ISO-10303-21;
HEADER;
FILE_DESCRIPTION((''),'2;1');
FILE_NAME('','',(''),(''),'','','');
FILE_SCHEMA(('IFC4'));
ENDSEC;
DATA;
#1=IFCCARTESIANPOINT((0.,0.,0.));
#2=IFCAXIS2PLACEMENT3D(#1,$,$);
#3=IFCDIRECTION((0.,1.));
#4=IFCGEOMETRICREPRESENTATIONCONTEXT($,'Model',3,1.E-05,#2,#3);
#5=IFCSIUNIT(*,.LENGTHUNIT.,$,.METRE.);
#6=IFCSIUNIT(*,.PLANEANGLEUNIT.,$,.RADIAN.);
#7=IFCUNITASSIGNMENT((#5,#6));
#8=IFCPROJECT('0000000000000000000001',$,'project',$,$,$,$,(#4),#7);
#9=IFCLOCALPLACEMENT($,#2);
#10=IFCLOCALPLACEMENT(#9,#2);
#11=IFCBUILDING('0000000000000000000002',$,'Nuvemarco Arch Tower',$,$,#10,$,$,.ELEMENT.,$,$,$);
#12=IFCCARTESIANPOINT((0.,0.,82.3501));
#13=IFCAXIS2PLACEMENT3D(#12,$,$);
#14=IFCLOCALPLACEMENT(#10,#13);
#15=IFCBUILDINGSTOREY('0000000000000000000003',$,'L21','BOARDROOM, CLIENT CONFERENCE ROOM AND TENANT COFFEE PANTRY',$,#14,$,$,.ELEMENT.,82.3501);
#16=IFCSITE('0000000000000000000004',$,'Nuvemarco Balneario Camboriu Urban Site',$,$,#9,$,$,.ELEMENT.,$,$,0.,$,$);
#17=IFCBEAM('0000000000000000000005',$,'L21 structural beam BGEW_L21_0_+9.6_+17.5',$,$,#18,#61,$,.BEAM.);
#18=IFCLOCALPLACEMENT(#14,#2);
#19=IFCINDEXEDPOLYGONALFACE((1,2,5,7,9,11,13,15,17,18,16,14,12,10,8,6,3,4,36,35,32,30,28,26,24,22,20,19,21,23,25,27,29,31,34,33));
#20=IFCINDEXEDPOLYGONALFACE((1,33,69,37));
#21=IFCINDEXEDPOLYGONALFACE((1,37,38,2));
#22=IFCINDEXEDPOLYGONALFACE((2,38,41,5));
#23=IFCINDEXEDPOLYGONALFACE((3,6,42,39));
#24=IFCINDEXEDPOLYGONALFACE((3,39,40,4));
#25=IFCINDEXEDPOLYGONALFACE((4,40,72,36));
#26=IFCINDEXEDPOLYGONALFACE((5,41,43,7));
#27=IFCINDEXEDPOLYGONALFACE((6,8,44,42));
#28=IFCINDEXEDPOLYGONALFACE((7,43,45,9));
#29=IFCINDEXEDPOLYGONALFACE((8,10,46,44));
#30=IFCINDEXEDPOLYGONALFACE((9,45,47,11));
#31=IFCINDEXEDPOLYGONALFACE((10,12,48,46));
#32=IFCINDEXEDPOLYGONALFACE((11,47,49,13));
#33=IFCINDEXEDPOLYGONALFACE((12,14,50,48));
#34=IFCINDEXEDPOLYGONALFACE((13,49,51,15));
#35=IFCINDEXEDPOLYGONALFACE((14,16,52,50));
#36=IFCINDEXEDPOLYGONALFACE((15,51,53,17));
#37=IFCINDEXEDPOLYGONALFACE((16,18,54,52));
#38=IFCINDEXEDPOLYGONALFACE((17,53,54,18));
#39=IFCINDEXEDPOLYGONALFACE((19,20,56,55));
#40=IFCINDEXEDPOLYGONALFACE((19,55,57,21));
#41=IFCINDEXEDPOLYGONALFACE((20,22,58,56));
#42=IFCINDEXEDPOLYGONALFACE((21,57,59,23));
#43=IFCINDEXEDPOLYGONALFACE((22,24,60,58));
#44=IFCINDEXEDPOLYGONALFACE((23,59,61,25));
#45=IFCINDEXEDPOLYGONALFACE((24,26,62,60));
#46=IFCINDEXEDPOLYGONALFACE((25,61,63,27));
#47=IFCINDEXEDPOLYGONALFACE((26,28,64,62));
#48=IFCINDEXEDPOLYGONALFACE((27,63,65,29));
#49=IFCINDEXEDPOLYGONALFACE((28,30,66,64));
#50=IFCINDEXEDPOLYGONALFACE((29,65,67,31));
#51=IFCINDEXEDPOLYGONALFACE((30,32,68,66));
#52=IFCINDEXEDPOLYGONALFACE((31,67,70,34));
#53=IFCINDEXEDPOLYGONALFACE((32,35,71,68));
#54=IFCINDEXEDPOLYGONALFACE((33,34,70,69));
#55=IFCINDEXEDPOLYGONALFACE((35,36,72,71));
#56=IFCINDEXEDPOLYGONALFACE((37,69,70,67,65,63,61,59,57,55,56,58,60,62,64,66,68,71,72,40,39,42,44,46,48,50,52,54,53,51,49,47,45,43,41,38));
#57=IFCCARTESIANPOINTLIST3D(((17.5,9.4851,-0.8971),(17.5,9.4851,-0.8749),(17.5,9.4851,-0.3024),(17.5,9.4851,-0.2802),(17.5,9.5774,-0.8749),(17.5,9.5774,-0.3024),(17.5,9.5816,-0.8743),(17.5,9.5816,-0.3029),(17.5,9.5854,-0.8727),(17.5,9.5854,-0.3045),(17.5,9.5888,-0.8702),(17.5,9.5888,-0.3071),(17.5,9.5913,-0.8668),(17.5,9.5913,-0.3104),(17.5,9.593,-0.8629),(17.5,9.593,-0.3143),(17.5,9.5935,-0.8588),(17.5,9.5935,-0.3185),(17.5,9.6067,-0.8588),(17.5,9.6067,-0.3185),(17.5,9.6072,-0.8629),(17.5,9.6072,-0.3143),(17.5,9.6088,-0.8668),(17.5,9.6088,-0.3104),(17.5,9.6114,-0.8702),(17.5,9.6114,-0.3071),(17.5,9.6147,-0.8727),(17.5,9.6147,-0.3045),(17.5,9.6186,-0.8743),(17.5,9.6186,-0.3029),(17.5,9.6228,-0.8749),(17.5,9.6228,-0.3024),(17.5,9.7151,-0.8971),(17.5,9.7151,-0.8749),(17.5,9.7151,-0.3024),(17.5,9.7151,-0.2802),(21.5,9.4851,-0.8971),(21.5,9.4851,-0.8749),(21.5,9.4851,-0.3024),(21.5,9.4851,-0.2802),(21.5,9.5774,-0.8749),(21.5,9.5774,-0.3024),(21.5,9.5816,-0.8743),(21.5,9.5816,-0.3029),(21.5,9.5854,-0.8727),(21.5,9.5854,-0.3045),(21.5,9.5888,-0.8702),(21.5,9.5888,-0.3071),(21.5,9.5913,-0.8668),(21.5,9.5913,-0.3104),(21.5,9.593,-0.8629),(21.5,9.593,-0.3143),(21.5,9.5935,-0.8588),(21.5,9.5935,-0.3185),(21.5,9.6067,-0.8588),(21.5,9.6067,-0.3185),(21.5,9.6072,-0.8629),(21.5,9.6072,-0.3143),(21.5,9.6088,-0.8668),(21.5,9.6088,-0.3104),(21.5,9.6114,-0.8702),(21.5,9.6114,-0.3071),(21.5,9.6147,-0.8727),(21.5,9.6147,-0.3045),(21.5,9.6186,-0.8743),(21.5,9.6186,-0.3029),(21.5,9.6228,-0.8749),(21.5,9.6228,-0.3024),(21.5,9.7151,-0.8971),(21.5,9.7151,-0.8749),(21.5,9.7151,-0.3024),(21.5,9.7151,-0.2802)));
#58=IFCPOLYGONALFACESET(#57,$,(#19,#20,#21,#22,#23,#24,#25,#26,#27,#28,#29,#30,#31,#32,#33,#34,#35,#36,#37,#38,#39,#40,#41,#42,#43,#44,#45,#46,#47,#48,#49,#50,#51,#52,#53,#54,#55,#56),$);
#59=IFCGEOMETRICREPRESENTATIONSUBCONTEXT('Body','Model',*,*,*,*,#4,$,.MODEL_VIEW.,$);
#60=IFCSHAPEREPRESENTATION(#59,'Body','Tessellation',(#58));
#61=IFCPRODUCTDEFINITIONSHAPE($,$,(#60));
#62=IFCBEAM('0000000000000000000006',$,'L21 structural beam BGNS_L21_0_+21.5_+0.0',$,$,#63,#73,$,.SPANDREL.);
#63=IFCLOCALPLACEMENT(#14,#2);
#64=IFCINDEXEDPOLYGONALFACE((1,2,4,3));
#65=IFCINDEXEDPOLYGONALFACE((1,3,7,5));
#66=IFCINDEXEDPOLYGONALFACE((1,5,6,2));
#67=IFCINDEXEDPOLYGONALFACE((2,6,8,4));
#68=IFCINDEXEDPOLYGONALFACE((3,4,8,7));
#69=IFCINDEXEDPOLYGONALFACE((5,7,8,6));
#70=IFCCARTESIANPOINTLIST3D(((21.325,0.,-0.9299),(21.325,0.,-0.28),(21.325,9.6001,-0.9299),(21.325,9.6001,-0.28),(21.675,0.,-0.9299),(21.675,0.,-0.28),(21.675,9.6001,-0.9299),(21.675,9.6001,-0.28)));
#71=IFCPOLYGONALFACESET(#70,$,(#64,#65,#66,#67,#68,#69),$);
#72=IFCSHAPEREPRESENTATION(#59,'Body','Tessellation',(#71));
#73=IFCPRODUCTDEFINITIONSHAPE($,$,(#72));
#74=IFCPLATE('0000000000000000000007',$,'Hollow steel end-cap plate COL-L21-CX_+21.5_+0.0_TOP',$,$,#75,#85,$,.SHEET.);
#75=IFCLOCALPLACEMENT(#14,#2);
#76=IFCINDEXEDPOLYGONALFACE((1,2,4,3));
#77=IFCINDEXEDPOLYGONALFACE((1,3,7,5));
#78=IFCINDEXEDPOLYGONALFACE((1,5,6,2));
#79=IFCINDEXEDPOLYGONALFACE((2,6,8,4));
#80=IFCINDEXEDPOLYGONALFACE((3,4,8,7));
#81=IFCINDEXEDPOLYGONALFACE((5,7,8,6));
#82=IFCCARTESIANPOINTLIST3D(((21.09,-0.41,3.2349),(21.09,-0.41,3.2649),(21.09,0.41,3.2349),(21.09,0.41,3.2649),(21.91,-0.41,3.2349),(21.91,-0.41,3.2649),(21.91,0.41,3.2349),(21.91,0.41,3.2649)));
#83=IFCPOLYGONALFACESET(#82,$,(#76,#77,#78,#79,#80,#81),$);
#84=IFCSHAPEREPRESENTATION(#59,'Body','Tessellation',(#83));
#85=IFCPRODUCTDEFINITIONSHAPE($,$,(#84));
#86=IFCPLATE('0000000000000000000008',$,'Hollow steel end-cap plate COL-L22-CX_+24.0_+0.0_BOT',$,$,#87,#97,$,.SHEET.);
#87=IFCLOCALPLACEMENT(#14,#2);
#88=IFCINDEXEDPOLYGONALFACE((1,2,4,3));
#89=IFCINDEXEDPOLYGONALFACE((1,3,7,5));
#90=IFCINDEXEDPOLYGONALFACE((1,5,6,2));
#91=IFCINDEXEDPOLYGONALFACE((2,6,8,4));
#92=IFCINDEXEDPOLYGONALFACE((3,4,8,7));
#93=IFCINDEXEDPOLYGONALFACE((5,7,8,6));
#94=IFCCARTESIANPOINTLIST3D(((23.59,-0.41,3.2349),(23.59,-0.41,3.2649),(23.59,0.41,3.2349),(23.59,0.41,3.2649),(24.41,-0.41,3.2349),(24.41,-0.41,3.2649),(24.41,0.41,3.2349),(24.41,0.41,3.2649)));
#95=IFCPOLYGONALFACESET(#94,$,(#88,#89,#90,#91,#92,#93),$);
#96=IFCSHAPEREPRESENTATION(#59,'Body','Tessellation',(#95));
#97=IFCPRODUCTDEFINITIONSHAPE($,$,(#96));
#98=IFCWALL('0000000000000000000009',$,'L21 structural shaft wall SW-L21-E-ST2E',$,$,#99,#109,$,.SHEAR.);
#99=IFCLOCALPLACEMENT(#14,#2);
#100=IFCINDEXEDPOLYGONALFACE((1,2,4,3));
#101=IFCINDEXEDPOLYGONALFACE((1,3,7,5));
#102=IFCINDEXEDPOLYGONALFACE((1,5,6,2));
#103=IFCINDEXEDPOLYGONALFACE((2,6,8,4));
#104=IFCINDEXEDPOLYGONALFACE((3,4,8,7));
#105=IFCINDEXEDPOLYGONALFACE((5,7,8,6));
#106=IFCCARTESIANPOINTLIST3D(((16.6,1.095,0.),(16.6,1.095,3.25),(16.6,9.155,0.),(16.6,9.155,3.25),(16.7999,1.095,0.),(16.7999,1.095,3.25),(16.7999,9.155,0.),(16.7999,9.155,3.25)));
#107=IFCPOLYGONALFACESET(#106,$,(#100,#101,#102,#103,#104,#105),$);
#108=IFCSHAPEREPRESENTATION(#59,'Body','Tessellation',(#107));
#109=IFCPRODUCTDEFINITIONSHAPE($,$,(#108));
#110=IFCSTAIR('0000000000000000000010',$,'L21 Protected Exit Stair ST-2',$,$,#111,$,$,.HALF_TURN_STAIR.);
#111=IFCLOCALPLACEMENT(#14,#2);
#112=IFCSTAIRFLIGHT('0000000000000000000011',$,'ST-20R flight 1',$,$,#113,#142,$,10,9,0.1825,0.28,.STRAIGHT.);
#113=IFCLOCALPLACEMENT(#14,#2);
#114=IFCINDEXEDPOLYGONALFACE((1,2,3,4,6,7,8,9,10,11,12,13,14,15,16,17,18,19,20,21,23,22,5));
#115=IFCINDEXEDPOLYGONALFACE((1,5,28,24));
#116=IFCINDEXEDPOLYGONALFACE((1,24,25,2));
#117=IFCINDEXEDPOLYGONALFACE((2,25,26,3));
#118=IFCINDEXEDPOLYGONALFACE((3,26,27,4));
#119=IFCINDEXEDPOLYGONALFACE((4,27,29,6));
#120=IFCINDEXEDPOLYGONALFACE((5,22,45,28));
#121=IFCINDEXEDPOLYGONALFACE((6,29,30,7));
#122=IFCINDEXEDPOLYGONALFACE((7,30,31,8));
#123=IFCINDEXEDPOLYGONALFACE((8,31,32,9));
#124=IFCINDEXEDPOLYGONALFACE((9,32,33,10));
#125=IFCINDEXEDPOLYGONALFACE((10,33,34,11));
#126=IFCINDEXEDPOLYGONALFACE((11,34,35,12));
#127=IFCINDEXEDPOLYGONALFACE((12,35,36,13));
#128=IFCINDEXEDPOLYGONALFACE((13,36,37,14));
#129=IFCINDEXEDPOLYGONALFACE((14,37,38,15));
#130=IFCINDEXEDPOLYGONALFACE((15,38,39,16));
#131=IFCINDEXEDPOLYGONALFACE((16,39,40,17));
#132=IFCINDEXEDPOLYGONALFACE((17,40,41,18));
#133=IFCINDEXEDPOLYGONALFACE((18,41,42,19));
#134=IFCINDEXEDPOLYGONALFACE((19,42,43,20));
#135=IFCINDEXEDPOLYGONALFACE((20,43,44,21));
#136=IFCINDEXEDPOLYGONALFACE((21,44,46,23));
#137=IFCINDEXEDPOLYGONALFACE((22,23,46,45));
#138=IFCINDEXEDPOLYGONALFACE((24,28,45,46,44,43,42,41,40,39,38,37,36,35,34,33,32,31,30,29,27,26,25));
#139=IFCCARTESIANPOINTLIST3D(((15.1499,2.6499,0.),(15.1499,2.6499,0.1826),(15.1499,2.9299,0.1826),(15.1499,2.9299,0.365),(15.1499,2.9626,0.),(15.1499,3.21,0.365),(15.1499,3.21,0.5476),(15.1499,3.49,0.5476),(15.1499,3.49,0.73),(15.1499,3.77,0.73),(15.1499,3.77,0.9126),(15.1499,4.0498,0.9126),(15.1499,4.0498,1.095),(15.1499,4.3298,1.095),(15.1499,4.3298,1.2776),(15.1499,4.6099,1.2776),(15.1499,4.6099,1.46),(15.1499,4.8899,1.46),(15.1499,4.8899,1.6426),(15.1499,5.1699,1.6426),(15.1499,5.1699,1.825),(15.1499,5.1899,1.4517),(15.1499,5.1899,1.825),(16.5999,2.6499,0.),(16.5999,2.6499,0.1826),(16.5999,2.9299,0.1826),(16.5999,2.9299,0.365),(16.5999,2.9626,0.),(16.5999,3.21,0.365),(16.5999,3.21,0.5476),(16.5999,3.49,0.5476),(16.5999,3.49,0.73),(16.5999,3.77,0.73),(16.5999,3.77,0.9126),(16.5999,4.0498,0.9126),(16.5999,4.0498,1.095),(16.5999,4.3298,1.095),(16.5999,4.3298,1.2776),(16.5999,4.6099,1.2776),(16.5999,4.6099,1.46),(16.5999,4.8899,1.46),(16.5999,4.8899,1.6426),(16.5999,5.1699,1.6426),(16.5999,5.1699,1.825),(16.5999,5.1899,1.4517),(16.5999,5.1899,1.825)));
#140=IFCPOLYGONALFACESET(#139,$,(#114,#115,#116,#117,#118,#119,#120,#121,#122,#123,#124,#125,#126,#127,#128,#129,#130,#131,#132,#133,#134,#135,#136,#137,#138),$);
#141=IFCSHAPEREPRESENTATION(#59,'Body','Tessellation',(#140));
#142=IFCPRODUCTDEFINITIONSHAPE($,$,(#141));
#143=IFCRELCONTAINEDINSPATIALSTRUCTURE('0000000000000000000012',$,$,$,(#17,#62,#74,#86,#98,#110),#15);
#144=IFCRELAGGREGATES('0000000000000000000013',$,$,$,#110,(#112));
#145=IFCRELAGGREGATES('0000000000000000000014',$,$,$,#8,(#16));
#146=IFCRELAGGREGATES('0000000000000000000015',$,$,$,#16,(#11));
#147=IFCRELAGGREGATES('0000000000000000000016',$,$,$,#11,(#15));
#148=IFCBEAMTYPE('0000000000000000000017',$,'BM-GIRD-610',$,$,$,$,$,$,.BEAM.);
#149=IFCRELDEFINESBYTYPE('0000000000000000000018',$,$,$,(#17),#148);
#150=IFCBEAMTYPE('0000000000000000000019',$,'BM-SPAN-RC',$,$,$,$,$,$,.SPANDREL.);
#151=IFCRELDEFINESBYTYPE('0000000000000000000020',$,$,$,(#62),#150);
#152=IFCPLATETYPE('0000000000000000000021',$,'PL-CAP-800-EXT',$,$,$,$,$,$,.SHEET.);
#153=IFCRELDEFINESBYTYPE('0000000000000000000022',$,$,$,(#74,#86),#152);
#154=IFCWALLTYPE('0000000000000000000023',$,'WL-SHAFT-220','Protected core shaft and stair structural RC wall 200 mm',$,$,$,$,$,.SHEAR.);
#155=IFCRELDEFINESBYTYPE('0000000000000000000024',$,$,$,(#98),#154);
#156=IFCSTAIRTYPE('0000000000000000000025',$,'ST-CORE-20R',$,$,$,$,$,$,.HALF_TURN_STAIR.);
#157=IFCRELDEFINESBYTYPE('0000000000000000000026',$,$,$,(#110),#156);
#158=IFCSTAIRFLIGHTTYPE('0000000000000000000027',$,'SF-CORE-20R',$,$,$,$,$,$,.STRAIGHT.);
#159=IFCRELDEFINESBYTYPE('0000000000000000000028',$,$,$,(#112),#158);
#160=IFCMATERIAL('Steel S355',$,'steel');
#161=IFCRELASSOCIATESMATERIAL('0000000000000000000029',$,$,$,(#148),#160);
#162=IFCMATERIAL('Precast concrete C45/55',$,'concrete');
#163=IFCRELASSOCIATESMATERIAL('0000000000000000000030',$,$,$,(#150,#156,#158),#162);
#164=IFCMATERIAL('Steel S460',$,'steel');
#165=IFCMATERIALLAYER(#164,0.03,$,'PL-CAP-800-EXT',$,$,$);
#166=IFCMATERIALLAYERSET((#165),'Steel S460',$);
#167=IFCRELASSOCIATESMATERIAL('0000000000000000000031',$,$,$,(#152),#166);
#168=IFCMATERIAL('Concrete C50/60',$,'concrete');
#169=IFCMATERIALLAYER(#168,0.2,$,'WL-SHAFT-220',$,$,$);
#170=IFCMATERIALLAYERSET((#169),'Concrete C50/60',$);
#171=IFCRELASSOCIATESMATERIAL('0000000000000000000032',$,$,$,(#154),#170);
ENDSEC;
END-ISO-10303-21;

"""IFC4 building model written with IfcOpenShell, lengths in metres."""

from ifc_helpers import new_model, si_unit, direction, frame, frame_2d, origin, origin_2d, place, context, subcontext, project, spatial, polyline, rectangle, i_section, outline, extrude, source, transform, mapped, material, layer, layer_set, material_profile, profile_set, type_object, type_shapes, element, aggregate, save


model = new_model("IFC4")

# Units and contexts
model_context = context("Model", 3, precision=1e-05, world=origin(), true_north=direction((0.0, 1.0)))
body_context = subcontext(model_context, "Body", "Model", "MODEL_VIEW")
ifc_project = project(units=[si_unit("LENGTHUNIT", "METRE"), si_unit("PLANEANGLEUNIT", "RADIAN")], contexts=[model_context])

# Site, building, storey
site_placement = place(None, origin())
site = spatial("IfcSite", under=ifc_project, at=site_placement, Name="Nuvemarco Balneario Camboriu Urban Site", CompositionType="ELEMENT", RefElevation=0.0)
building_placement = place(site_placement, origin())
building = spatial("IfcBuilding", under=site, at=building_placement, Name="Nuvemarco Arch Tower", CompositionType="ELEMENT")
storey_placement = place(building_placement, frame((0.0, 0.0, 82.3501)))
storey = spatial("IfcBuildingStorey", under=building, at=storey_placement, Name="L21", Description="BOARDROOM, CLIENT CONFERENCE ROOM AND TENANT COFFEE PANTRY", CompositionType="ELEMENT", Elevation=82.3501)

# Shared definitions
ifc_material_1 = material(Name="Steel S460", Category="steel")

# Beams
ifc_material_2 = material(Name="Steel S355", Category="steel")
ifc_material_profile_1 = material_profile(ifc_material_2, i_section(OverallWidth=0.23, OverallDepth=0.6169, WebThickness=0.0132, FlangeThickness=0.0222, FilletRadius=0.0161, at=origin_2d()), Name="W610x140")
ifc_profile_set_1 = profile_set([ifc_material_profile_1], Name="Steel S355")
beam_type_1 = type_object("IfcBeamType", Name="BM-GIRD-610", PredefinedType="BEAM", material=ifc_profile_set_1)
for number, where, z_axis, x_axis, name in (
    (1, (17.5, 9.6001, -0.5886), (1.0, 0.0, 0.0), (0.0, 1.0, 0.0), "L21 structural beam BGEW_L21_0_+9.6_+17.5"),
):
    element("IfcBeam", number, at=place(storey_placement, frame(where, z_axis=z_axis, x_axis=x_axis)), inside=storey, type_object=beam_type_1, Name=name, PredefinedType="BEAM", context=body_context, shape_type="SweptSolid", body=[
        extrude(i_section(OverallWidth=0.23, OverallDepth=0.6169, WebThickness=0.0132, FlangeThickness=0.0222, FilletRadius=0.0161, at=origin_2d()), origin(), (0.0, 0.0, 1.0), 4.0),
    ])
ifc_material_3 = material(Name="Precast concrete C45/55", Category="concrete")
ifc_material_profile_2 = material_profile(ifc_material_3, rectangle(XDim=0.3501, YDim=0.6499, at=origin_2d()), Name="PC-SP-350x650")
ifc_profile_set_2 = profile_set([ifc_material_profile_2], Name="Precast concrete C45/55")
beam_type_2 = type_object("IfcBeamType", Name="BM-SPAN-RC", PredefinedType="SPANDREL", material=ifc_profile_set_2)
beam_1_placement = place(storey_placement, frame((21.5, 0.0, -0.605), z_axis=(0.0, 1.0, 0.0), x_axis=(-1.0, 0.0, 0.0)))
element("IfcBeam", 2, at=beam_1_placement, inside=storey, type_object=beam_type_2, Name="L21 structural beam BGNS_L21_0_+21.5_+0.0", PredefinedType="SPANDREL", context=body_context, shape_type="SweptSolid", body=[
    extrude(rectangle(XDim=0.3501, YDim=0.6499, at=origin_2d()), origin(), (0.0, 0.0, 1.0), 9.6001),
])

# Plates
ifc_layer_1 = layer(ifc_material_1, 0.03, Name="PL-CAP-800-EXT")
ifc_layer_set_1 = layer_set([ifc_layer_1], Name="Steel S460")
plate_type = type_object("IfcPlateType", Name="PL-CAP-800-EXT", PredefinedType="SHEET", material=ifc_layer_set_1)
shared_shape_1 = source(origin(), body_context, "Body", "SweptSolid", [
    extrude(rectangle(XDim=0.8201, YDim=0.8201, at=origin_2d()), origin(), (0.0, 0.0, 1.0), 0.03),
])
type_shapes(plate_type, [shared_shape_1])
for number, where, z_axis, x_axis, name in (
    (3, (21.5, 0.0, 3.2349), (0.0, 0.0, 1.0), (1.0, 0.0, 0.0), "Hollow steel end-cap plate COL-L21-CX_+21.5_+0.0_TOP"),
    (4, (24.0, 0.0, 3.2349), (0.0, 0.0, 1.0), (1.0, 0.0, 0.0), "Hollow steel end-cap plate COL-L22-CX_+24.0_+0.0_BOT"),
):
    element("IfcPlate", number, at=place(storey_placement, frame(where, z_axis=z_axis, x_axis=x_axis)), inside=storey, type_object=plate_type, Name=name, PredefinedType="SHEET", context=body_context, shape_type="MappedRepresentation", body=[
        mapped(shared_shape_1, transform((0.0, 0.0, 0.0), scale=1.0)),
    ])

# Wall
ifc_material_4 = material(Name="Concrete C50/60", Category="concrete")
ifc_layer_2 = layer(ifc_material_4, 0.2, Name="WL-SHAFT-220")
ifc_layer_set_2 = layer_set([ifc_layer_2], Name="Concrete C50/60")
wall_type = type_object("IfcWallType", Name="WL-SHAFT-220", Description="Protected core shaft and stair structural RC wall 200 mm", PredefinedType="SHEAR", material=ifc_layer_set_2)
wall_placement = place(storey_placement, frame((16.7, 1.095, 0.0), z_axis=(0.0, 0.0, 1.0), x_axis=(0.0, 1.0, 0.0)))
element("IfcWall", 5, at=wall_placement, inside=storey, type_object=wall_type, Name="L21 structural shaft wall SW-L21-E-ST2E", PredefinedType="SHEAR", context=body_context, shape_type="SweptSolid", body=[
    extrude(rectangle(XDim=8.0601, YDim=0.2, at=frame_2d((4.03, 0.0))), origin(), (0.0, 0.0, 1.0), 3.25),
])

# Stair, stair flight
stair_type = type_object("IfcStairType", Name="ST-CORE-20R", PredefinedType="HALF_TURN_STAIR", material=ifc_material_3)
stair_placement = place(storey_placement, origin())
stair = element("IfcStair", 6, at=stair_placement, inside=storey, type_object=stair_type, Name="L21 Protected Exit Stair ST-2", PredefinedType="HALF_TURN_STAIR")
stair_flight_type = type_object("IfcStairFlightType", Name="SF-CORE-20R", PredefinedType="STRAIGHT", material=ifc_material_3)
stair_flight_placement = place(storey_placement, frame((15.875, 2.6499, 0.0), z_axis=(0.0, 0.0, 1.0), x_axis=(0.0, 1.0, 0.0)))
stair_flight = element("IfcStairFlight", 7, at=stair_flight_placement, type_object=stair_flight_type, Name="ST-20R flight 1", NumberOfRisers=10, NumberOfTreads=9, PredefinedType="STRAIGHT", RiserHeight=0.1825, TreadLength=0.28, context=body_context, shape_type="SweptSolid", body=[
    extrude(outline(polyline([(0.0, 0.0), (0.0, 0.1826), (0.28, 0.1826), (0.28, 0.365), (0.5601, 0.365), (0.5601, 0.5476), (0.8401, 0.5476), (0.8401, 0.73), (1.1201, 0.73), (1.1201, 0.9126), (1.3999, 0.9126), (1.3999, 1.095), (1.6799, 1.095), (1.6799, 1.2776), (1.96, 1.2776), (1.96, 1.46), (2.24, 1.46), (2.24, 1.6426), (2.52, 1.6426), (2.52, 1.825), (2.54, 1.825), (2.54, 1.4517), (0.3127, 0.0), (0.0, 0.0)])), frame((0.0, 0.7251, 0.0), z_axis=(0.0, -1.0, 0.0), x_axis=(1.0, 0.0, 0.0)), (0.0, 0.0, 1.0), 1.45),
])
aggregate(stair, [stair_flight])

save(model, "model.ifc")
